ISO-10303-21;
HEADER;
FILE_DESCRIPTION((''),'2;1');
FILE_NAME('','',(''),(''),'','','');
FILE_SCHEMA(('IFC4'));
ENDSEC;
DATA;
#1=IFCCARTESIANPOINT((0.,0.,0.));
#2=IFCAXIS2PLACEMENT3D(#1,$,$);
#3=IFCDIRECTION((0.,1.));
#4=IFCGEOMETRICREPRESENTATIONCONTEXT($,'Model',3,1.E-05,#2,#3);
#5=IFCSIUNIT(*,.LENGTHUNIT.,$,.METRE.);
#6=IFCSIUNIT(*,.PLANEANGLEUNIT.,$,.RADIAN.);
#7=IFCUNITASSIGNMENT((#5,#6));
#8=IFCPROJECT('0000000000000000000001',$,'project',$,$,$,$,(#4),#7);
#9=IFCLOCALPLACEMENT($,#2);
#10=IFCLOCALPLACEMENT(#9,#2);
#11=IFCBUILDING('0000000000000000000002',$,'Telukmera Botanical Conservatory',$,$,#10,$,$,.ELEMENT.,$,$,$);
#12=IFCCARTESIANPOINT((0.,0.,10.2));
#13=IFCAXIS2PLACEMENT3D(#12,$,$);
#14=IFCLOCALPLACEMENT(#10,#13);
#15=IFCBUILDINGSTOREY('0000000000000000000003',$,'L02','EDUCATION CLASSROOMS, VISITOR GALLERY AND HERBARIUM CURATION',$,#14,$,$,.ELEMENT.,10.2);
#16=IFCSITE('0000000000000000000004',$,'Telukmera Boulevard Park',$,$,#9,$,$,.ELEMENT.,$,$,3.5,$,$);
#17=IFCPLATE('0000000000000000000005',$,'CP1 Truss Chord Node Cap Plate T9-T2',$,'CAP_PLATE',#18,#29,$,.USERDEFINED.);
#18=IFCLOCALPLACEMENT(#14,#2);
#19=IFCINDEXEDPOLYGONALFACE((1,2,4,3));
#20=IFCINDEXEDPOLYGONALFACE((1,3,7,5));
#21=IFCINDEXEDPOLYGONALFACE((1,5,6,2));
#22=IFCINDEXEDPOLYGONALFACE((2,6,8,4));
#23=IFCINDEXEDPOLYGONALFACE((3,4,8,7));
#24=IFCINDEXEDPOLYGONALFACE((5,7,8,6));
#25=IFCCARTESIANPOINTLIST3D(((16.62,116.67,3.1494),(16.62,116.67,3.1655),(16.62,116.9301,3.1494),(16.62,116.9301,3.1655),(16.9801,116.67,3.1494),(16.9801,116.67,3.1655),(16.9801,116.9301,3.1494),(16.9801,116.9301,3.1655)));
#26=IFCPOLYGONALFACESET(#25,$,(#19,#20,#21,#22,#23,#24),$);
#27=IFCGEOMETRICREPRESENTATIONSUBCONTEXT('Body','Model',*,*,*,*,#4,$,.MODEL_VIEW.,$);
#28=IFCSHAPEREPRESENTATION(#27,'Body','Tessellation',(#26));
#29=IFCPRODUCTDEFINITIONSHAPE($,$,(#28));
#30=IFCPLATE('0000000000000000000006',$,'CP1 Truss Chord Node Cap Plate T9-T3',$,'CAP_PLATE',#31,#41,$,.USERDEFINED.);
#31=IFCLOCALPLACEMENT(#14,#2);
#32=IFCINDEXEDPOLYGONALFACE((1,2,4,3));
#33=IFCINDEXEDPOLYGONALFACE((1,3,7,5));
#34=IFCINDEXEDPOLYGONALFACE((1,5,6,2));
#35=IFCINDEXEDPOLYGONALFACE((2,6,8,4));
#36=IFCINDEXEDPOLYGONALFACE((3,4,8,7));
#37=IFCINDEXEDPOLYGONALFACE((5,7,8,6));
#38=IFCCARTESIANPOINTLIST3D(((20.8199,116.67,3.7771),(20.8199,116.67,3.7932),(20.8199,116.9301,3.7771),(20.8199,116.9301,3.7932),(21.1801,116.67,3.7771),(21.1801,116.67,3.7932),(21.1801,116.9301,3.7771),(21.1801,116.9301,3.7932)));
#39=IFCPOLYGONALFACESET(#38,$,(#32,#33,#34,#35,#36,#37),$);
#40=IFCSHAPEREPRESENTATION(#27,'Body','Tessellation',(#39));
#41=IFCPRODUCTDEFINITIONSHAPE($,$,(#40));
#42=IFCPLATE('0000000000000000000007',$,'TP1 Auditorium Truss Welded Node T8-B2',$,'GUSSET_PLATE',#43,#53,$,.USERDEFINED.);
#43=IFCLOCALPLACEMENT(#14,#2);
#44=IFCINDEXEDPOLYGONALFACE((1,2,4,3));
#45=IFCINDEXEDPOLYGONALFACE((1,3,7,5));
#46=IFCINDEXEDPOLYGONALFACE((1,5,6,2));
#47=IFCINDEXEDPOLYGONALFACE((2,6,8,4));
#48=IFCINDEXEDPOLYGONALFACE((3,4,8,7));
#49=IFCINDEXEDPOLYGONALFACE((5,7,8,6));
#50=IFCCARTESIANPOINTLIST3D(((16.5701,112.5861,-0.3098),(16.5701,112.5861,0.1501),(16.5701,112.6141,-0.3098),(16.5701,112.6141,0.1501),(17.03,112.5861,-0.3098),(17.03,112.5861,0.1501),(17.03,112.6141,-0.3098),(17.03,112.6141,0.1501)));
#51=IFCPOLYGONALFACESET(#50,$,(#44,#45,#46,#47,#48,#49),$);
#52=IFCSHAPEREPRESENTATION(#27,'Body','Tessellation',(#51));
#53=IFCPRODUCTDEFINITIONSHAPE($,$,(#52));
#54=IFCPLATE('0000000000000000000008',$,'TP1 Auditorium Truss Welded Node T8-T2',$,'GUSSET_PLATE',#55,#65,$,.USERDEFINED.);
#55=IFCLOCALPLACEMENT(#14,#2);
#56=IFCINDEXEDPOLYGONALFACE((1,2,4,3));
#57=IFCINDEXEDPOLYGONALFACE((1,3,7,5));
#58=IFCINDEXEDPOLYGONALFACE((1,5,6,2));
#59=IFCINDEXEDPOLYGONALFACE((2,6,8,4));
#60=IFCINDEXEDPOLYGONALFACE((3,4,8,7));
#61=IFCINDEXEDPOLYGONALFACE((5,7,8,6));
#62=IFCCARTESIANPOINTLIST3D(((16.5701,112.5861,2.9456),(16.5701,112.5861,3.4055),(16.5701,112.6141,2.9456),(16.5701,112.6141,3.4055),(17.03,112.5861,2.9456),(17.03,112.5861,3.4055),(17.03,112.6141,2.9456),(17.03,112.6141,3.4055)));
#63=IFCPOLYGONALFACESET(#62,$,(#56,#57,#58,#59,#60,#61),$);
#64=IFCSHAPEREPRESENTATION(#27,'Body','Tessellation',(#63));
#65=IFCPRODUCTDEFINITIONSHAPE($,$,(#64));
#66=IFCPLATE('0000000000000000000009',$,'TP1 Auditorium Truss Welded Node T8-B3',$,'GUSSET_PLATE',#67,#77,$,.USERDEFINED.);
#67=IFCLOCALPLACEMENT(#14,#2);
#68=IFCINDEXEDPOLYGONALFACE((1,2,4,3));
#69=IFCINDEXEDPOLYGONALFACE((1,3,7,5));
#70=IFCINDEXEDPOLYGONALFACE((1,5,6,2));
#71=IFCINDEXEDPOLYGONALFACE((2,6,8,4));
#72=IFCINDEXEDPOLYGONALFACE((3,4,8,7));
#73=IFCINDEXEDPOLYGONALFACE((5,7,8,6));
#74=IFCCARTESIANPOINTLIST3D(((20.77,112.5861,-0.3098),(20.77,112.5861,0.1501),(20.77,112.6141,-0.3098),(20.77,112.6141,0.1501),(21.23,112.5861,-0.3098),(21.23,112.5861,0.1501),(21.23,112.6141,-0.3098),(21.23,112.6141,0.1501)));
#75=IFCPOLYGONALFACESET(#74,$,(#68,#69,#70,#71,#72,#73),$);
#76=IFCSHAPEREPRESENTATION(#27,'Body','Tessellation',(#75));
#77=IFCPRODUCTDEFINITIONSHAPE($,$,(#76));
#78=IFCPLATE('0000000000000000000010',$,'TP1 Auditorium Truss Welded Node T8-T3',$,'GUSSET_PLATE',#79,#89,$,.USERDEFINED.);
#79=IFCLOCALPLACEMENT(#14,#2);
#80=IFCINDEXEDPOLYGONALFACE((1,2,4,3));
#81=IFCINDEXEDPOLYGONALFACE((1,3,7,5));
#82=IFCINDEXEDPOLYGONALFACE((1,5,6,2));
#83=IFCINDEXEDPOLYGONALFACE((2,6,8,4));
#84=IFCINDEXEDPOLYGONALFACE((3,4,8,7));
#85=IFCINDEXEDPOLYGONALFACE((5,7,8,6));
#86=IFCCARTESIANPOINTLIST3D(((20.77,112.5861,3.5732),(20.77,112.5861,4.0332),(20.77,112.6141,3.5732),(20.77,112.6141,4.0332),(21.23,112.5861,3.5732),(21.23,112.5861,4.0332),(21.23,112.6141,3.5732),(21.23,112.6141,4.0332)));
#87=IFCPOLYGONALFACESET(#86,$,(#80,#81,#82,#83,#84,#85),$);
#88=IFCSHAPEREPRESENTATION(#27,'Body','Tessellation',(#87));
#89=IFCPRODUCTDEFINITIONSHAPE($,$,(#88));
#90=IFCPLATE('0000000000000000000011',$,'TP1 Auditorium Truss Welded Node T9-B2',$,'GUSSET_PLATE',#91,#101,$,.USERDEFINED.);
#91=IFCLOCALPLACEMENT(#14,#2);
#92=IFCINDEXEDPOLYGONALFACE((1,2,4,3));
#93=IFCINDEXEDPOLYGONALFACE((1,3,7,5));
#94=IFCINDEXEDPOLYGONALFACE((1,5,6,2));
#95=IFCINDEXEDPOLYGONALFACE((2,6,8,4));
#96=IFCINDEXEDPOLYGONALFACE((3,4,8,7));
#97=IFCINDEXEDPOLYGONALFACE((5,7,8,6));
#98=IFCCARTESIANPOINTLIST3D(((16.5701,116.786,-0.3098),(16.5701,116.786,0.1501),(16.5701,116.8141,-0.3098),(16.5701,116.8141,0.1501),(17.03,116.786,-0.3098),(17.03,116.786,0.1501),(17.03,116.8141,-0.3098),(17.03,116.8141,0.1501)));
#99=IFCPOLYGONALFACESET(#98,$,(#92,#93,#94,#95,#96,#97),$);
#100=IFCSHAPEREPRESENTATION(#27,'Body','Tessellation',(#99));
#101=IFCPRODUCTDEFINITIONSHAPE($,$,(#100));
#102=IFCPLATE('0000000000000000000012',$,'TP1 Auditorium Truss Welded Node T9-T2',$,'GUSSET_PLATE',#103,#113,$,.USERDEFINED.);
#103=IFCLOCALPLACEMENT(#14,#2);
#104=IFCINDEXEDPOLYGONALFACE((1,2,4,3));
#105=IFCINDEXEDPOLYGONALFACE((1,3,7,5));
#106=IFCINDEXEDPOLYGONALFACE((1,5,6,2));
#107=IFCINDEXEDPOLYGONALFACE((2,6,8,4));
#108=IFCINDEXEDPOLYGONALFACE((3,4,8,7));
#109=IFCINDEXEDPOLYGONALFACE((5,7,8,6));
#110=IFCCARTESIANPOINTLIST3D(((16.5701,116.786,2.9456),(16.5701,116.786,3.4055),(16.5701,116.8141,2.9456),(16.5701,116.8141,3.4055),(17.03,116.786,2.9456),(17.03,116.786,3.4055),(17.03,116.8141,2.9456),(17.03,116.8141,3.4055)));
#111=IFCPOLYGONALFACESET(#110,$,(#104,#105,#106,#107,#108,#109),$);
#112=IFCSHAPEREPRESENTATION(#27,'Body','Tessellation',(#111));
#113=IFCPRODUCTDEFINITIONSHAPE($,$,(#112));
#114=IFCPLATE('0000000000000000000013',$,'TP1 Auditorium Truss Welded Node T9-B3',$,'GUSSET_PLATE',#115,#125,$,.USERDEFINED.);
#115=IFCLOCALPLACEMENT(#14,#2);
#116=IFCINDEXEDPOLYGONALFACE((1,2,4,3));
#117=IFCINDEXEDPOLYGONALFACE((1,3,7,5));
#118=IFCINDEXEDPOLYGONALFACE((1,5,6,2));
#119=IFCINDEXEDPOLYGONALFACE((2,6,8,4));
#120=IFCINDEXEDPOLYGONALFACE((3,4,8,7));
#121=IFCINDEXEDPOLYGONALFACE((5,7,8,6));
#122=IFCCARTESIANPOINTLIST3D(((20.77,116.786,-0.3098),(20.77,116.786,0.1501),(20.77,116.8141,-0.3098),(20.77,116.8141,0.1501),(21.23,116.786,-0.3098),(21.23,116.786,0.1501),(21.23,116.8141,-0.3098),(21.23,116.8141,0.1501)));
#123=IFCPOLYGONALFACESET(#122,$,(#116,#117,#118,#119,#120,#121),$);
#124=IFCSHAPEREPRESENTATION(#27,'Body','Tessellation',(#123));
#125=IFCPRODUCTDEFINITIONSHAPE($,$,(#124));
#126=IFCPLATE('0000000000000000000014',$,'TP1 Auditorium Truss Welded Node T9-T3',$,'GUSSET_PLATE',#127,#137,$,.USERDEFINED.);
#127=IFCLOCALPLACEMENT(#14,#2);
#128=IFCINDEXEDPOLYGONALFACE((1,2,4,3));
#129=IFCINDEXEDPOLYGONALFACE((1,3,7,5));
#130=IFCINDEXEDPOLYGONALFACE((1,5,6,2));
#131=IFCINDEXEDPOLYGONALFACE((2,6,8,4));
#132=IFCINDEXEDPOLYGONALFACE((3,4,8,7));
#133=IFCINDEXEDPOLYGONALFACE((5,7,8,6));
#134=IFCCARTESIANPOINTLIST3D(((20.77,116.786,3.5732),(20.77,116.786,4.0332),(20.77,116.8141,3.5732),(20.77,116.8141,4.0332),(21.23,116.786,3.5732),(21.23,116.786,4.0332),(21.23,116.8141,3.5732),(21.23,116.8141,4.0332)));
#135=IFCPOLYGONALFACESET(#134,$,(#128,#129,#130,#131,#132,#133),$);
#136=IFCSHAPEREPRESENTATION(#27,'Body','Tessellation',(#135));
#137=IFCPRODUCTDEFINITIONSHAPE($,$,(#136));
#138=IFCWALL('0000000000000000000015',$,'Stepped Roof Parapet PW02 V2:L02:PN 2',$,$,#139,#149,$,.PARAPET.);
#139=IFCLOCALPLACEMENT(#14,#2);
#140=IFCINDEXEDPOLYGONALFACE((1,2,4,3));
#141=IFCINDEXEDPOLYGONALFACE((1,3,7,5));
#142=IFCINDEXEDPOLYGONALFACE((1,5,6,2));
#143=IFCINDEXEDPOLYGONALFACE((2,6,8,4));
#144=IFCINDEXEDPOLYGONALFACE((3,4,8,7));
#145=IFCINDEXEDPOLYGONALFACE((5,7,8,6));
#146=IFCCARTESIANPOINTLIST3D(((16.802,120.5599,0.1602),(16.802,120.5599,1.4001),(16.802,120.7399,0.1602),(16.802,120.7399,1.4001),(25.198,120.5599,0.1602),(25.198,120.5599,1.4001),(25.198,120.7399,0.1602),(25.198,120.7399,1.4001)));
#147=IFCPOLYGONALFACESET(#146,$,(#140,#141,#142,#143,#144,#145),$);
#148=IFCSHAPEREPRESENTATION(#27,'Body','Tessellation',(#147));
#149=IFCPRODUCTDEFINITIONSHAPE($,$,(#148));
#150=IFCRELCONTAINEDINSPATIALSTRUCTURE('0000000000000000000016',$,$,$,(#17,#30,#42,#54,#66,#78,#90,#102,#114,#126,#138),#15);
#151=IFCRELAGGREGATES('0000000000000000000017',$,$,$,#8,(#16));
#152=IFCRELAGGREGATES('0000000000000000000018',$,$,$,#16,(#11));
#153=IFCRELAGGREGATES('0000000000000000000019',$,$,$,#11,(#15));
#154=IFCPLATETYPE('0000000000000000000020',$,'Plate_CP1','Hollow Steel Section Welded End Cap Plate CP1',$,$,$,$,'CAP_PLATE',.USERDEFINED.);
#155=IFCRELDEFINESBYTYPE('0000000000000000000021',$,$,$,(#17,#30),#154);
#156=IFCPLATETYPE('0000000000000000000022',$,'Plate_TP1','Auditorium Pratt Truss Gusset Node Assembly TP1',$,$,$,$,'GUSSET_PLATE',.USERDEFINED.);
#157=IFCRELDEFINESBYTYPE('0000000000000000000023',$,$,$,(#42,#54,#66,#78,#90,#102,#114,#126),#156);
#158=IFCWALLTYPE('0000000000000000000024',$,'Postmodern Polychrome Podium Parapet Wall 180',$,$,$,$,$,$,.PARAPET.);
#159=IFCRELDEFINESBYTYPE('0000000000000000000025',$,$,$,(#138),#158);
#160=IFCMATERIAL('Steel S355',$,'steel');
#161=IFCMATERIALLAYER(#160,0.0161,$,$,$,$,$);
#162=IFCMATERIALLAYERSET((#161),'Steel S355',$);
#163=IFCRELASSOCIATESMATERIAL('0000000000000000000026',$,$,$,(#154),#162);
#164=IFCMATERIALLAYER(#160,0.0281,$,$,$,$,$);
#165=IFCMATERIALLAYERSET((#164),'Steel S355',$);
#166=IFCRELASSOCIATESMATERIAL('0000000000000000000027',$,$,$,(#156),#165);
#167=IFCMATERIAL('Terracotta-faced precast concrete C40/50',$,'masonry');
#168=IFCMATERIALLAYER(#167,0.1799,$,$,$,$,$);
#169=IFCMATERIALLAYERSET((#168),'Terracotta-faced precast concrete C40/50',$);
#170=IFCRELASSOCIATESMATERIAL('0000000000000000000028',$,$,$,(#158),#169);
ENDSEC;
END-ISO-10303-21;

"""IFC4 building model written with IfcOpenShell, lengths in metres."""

from ifc_helpers import new_model, si_unit, direction, frame, frame_2d, origin, origin_2d, place, context, subcontext, project, spatial, rectangle, extrude, material, layer, layer_set, type_object, element, save


model = new_model("IFC4")

# Units and contexts
model_context = context("Model", 3, precision=1e-05, world=origin(), true_north=direction((0.0, 1.0)))
body_context = subcontext(model_context, "Body", "Model", "MODEL_VIEW")
ifc_project = project(units=[si_unit("LENGTHUNIT", "METRE"), si_unit("PLANEANGLEUNIT", "RADIAN")], contexts=[model_context])

# Site, building, storey
site_placement = place(None, origin())
site = spatial("IfcSite", under=ifc_project, at=site_placement, Name="Telukmera Boulevard Park", CompositionType="ELEMENT", RefElevation=3.5)
building_placement = place(site_placement, origin())
building = spatial("IfcBuilding", under=site, at=building_placement, Name="Telukmera Botanical Conservatory", CompositionType="ELEMENT")
storey_placement = place(building_placement, frame((0.0, 0.0, 10.2)))
storey = spatial("IfcBuildingStorey", under=building, at=storey_placement, Name="L02", Description="EDUCATION CLASSROOMS, VISITOR GALLERY AND HERBARIUM CURATION", CompositionType="ELEMENT", Elevation=10.2)

# Shared definitions
ifc_material_1 = material(Name="Steel S355", Category="steel")

# Plates
ifc_layer_1 = layer(ifc_material_1, 0.0161)
ifc_layer_set_1 = layer_set([ifc_layer_1], Name="Steel S355")
plate_type_1 = type_object("IfcPlateType", Name="Plate_CP1", Description="Hollow Steel Section Welded End Cap Plate CP1", ElementType="CAP_PLATE", PredefinedType="USERDEFINED", material=ifc_layer_set_1)
for number, where, z_axis, x_axis, name in (
    (1, (16.8, 116.8, 3.1494), (0.0, 0.0, 1.0), (1.0, 0.0, 0.0), "CP1 Truss Chord Node Cap Plate T9-T2"),
    (2, (21.0, 116.8, 3.7771), (0.0, 0.0, 1.0), (1.0, 0.0, 0.0), "CP1 Truss Chord Node Cap Plate T9-T3"),
):
    element("IfcPlate", number, at=place(storey_placement, frame(where, z_axis=z_axis, x_axis=x_axis)), inside=storey, type_object=plate_type_1, Name=name, ObjectType="CAP_PLATE", PredefinedType="USERDEFINED", context=body_context, shape_type="SweptSolid", body=[
        extrude(rectangle(XDim=0.3601, YDim=0.26, at=origin_2d()), origin(), (0.0, 0.0, 1.0), 0.0161),
    ])
ifc_layer_2 = layer(ifc_material_1, 0.0281)
ifc_layer_set_2 = layer_set([ifc_layer_2], Name="Steel S355")
plate_type_2 = type_object("IfcPlateType", Name="Plate_TP1", Description="Auditorium Pratt Truss Gusset Node Assembly TP1", ElementType="GUSSET_PLATE", PredefinedType="USERDEFINED", material=ifc_layer_set_2)
for number, where, z_axis, x_axis, name in (
    (3, (16.8, 112.6001, -0.3098), (0.0, 0.0, 1.0), (1.0, 0.0, 0.0), "TP1 Auditorium Truss Welded Node T8-B2"),
    (4, (16.8, 112.6001, 2.9456), (0.0, 0.0, 1.0), (1.0, 0.0, 0.0), "TP1 Auditorium Truss Welded Node T8-T2"),
    (5, (21.0, 112.6001, -0.3098), (0.0, 0.0, 1.0), (1.0, 0.0, 0.0), "TP1 Auditorium Truss Welded Node T8-B3"),
    (6, (21.0, 112.6001, 3.5732), (0.0, 0.0, 1.0), (1.0, 0.0, 0.0), "TP1 Auditorium Truss Welded Node T8-T3"),
    (7, (16.8, 116.8, -0.3098), (0.0, 0.0, 1.0), (1.0, 0.0, 0.0), "TP1 Auditorium Truss Welded Node T9-B2"),
    (8, (16.8, 116.8, 2.9456), (0.0, 0.0, 1.0), (1.0, 0.0, 0.0), "TP1 Auditorium Truss Welded Node T9-T2"),
    (9, (21.0, 116.8, -0.3098), (0.0, 0.0, 1.0), (1.0, 0.0, 0.0), "TP1 Auditorium Truss Welded Node T9-B3"),
    (10, (21.0, 116.8, 3.5732), (0.0, 0.0, 1.0), (1.0, 0.0, 0.0), "TP1 Auditorium Truss Welded Node T9-T3"),
):
    element("IfcPlate", number, at=place(storey_placement, frame(where, z_axis=z_axis, x_axis=x_axis)), inside=storey, type_object=plate_type_2, Name=name, ObjectType="GUSSET_PLATE", PredefinedType="USERDEFINED", context=body_context, shape_type="SweptSolid", body=[
        extrude(rectangle(XDim=0.46, YDim=0.0281, at=origin_2d()), origin(), (0.0, 0.0, 1.0), 0.46),
    ])

# Wall
ifc_material_2 = material(Name="Terracotta-faced precast concrete C40/50", Category="masonry")
ifc_layer_3 = layer(ifc_material_2, 0.1799)
ifc_layer_set_3 = layer_set([ifc_layer_3], Name="Terracotta-faced precast concrete C40/50")
wall_type = type_object("IfcWallType", Name="Postmodern Polychrome Podium Parapet Wall 180", PredefinedType="PARAPET", material=ifc_layer_set_3)
wall_placement = place(storey_placement, frame((16.802, 120.6499, 0.1602), z_axis=(0.0, 0.0, 1.0), x_axis=(1.0, 0.0, 0.0)))
element("IfcWall", 11, at=wall_placement, inside=storey, type_object=wall_type, Name="Stepped Roof Parapet PW02 V2:L02:PN 2", PredefinedType="PARAPET", context=body_context, shape_type="SweptSolid", body=[
    extrude(rectangle(XDim=8.396, YDim=0.1799, at=frame_2d((4.198, 0.0))), origin(), (0.0, 0.0, 1.0), 1.24),
])

save(model, "model.ifc")
